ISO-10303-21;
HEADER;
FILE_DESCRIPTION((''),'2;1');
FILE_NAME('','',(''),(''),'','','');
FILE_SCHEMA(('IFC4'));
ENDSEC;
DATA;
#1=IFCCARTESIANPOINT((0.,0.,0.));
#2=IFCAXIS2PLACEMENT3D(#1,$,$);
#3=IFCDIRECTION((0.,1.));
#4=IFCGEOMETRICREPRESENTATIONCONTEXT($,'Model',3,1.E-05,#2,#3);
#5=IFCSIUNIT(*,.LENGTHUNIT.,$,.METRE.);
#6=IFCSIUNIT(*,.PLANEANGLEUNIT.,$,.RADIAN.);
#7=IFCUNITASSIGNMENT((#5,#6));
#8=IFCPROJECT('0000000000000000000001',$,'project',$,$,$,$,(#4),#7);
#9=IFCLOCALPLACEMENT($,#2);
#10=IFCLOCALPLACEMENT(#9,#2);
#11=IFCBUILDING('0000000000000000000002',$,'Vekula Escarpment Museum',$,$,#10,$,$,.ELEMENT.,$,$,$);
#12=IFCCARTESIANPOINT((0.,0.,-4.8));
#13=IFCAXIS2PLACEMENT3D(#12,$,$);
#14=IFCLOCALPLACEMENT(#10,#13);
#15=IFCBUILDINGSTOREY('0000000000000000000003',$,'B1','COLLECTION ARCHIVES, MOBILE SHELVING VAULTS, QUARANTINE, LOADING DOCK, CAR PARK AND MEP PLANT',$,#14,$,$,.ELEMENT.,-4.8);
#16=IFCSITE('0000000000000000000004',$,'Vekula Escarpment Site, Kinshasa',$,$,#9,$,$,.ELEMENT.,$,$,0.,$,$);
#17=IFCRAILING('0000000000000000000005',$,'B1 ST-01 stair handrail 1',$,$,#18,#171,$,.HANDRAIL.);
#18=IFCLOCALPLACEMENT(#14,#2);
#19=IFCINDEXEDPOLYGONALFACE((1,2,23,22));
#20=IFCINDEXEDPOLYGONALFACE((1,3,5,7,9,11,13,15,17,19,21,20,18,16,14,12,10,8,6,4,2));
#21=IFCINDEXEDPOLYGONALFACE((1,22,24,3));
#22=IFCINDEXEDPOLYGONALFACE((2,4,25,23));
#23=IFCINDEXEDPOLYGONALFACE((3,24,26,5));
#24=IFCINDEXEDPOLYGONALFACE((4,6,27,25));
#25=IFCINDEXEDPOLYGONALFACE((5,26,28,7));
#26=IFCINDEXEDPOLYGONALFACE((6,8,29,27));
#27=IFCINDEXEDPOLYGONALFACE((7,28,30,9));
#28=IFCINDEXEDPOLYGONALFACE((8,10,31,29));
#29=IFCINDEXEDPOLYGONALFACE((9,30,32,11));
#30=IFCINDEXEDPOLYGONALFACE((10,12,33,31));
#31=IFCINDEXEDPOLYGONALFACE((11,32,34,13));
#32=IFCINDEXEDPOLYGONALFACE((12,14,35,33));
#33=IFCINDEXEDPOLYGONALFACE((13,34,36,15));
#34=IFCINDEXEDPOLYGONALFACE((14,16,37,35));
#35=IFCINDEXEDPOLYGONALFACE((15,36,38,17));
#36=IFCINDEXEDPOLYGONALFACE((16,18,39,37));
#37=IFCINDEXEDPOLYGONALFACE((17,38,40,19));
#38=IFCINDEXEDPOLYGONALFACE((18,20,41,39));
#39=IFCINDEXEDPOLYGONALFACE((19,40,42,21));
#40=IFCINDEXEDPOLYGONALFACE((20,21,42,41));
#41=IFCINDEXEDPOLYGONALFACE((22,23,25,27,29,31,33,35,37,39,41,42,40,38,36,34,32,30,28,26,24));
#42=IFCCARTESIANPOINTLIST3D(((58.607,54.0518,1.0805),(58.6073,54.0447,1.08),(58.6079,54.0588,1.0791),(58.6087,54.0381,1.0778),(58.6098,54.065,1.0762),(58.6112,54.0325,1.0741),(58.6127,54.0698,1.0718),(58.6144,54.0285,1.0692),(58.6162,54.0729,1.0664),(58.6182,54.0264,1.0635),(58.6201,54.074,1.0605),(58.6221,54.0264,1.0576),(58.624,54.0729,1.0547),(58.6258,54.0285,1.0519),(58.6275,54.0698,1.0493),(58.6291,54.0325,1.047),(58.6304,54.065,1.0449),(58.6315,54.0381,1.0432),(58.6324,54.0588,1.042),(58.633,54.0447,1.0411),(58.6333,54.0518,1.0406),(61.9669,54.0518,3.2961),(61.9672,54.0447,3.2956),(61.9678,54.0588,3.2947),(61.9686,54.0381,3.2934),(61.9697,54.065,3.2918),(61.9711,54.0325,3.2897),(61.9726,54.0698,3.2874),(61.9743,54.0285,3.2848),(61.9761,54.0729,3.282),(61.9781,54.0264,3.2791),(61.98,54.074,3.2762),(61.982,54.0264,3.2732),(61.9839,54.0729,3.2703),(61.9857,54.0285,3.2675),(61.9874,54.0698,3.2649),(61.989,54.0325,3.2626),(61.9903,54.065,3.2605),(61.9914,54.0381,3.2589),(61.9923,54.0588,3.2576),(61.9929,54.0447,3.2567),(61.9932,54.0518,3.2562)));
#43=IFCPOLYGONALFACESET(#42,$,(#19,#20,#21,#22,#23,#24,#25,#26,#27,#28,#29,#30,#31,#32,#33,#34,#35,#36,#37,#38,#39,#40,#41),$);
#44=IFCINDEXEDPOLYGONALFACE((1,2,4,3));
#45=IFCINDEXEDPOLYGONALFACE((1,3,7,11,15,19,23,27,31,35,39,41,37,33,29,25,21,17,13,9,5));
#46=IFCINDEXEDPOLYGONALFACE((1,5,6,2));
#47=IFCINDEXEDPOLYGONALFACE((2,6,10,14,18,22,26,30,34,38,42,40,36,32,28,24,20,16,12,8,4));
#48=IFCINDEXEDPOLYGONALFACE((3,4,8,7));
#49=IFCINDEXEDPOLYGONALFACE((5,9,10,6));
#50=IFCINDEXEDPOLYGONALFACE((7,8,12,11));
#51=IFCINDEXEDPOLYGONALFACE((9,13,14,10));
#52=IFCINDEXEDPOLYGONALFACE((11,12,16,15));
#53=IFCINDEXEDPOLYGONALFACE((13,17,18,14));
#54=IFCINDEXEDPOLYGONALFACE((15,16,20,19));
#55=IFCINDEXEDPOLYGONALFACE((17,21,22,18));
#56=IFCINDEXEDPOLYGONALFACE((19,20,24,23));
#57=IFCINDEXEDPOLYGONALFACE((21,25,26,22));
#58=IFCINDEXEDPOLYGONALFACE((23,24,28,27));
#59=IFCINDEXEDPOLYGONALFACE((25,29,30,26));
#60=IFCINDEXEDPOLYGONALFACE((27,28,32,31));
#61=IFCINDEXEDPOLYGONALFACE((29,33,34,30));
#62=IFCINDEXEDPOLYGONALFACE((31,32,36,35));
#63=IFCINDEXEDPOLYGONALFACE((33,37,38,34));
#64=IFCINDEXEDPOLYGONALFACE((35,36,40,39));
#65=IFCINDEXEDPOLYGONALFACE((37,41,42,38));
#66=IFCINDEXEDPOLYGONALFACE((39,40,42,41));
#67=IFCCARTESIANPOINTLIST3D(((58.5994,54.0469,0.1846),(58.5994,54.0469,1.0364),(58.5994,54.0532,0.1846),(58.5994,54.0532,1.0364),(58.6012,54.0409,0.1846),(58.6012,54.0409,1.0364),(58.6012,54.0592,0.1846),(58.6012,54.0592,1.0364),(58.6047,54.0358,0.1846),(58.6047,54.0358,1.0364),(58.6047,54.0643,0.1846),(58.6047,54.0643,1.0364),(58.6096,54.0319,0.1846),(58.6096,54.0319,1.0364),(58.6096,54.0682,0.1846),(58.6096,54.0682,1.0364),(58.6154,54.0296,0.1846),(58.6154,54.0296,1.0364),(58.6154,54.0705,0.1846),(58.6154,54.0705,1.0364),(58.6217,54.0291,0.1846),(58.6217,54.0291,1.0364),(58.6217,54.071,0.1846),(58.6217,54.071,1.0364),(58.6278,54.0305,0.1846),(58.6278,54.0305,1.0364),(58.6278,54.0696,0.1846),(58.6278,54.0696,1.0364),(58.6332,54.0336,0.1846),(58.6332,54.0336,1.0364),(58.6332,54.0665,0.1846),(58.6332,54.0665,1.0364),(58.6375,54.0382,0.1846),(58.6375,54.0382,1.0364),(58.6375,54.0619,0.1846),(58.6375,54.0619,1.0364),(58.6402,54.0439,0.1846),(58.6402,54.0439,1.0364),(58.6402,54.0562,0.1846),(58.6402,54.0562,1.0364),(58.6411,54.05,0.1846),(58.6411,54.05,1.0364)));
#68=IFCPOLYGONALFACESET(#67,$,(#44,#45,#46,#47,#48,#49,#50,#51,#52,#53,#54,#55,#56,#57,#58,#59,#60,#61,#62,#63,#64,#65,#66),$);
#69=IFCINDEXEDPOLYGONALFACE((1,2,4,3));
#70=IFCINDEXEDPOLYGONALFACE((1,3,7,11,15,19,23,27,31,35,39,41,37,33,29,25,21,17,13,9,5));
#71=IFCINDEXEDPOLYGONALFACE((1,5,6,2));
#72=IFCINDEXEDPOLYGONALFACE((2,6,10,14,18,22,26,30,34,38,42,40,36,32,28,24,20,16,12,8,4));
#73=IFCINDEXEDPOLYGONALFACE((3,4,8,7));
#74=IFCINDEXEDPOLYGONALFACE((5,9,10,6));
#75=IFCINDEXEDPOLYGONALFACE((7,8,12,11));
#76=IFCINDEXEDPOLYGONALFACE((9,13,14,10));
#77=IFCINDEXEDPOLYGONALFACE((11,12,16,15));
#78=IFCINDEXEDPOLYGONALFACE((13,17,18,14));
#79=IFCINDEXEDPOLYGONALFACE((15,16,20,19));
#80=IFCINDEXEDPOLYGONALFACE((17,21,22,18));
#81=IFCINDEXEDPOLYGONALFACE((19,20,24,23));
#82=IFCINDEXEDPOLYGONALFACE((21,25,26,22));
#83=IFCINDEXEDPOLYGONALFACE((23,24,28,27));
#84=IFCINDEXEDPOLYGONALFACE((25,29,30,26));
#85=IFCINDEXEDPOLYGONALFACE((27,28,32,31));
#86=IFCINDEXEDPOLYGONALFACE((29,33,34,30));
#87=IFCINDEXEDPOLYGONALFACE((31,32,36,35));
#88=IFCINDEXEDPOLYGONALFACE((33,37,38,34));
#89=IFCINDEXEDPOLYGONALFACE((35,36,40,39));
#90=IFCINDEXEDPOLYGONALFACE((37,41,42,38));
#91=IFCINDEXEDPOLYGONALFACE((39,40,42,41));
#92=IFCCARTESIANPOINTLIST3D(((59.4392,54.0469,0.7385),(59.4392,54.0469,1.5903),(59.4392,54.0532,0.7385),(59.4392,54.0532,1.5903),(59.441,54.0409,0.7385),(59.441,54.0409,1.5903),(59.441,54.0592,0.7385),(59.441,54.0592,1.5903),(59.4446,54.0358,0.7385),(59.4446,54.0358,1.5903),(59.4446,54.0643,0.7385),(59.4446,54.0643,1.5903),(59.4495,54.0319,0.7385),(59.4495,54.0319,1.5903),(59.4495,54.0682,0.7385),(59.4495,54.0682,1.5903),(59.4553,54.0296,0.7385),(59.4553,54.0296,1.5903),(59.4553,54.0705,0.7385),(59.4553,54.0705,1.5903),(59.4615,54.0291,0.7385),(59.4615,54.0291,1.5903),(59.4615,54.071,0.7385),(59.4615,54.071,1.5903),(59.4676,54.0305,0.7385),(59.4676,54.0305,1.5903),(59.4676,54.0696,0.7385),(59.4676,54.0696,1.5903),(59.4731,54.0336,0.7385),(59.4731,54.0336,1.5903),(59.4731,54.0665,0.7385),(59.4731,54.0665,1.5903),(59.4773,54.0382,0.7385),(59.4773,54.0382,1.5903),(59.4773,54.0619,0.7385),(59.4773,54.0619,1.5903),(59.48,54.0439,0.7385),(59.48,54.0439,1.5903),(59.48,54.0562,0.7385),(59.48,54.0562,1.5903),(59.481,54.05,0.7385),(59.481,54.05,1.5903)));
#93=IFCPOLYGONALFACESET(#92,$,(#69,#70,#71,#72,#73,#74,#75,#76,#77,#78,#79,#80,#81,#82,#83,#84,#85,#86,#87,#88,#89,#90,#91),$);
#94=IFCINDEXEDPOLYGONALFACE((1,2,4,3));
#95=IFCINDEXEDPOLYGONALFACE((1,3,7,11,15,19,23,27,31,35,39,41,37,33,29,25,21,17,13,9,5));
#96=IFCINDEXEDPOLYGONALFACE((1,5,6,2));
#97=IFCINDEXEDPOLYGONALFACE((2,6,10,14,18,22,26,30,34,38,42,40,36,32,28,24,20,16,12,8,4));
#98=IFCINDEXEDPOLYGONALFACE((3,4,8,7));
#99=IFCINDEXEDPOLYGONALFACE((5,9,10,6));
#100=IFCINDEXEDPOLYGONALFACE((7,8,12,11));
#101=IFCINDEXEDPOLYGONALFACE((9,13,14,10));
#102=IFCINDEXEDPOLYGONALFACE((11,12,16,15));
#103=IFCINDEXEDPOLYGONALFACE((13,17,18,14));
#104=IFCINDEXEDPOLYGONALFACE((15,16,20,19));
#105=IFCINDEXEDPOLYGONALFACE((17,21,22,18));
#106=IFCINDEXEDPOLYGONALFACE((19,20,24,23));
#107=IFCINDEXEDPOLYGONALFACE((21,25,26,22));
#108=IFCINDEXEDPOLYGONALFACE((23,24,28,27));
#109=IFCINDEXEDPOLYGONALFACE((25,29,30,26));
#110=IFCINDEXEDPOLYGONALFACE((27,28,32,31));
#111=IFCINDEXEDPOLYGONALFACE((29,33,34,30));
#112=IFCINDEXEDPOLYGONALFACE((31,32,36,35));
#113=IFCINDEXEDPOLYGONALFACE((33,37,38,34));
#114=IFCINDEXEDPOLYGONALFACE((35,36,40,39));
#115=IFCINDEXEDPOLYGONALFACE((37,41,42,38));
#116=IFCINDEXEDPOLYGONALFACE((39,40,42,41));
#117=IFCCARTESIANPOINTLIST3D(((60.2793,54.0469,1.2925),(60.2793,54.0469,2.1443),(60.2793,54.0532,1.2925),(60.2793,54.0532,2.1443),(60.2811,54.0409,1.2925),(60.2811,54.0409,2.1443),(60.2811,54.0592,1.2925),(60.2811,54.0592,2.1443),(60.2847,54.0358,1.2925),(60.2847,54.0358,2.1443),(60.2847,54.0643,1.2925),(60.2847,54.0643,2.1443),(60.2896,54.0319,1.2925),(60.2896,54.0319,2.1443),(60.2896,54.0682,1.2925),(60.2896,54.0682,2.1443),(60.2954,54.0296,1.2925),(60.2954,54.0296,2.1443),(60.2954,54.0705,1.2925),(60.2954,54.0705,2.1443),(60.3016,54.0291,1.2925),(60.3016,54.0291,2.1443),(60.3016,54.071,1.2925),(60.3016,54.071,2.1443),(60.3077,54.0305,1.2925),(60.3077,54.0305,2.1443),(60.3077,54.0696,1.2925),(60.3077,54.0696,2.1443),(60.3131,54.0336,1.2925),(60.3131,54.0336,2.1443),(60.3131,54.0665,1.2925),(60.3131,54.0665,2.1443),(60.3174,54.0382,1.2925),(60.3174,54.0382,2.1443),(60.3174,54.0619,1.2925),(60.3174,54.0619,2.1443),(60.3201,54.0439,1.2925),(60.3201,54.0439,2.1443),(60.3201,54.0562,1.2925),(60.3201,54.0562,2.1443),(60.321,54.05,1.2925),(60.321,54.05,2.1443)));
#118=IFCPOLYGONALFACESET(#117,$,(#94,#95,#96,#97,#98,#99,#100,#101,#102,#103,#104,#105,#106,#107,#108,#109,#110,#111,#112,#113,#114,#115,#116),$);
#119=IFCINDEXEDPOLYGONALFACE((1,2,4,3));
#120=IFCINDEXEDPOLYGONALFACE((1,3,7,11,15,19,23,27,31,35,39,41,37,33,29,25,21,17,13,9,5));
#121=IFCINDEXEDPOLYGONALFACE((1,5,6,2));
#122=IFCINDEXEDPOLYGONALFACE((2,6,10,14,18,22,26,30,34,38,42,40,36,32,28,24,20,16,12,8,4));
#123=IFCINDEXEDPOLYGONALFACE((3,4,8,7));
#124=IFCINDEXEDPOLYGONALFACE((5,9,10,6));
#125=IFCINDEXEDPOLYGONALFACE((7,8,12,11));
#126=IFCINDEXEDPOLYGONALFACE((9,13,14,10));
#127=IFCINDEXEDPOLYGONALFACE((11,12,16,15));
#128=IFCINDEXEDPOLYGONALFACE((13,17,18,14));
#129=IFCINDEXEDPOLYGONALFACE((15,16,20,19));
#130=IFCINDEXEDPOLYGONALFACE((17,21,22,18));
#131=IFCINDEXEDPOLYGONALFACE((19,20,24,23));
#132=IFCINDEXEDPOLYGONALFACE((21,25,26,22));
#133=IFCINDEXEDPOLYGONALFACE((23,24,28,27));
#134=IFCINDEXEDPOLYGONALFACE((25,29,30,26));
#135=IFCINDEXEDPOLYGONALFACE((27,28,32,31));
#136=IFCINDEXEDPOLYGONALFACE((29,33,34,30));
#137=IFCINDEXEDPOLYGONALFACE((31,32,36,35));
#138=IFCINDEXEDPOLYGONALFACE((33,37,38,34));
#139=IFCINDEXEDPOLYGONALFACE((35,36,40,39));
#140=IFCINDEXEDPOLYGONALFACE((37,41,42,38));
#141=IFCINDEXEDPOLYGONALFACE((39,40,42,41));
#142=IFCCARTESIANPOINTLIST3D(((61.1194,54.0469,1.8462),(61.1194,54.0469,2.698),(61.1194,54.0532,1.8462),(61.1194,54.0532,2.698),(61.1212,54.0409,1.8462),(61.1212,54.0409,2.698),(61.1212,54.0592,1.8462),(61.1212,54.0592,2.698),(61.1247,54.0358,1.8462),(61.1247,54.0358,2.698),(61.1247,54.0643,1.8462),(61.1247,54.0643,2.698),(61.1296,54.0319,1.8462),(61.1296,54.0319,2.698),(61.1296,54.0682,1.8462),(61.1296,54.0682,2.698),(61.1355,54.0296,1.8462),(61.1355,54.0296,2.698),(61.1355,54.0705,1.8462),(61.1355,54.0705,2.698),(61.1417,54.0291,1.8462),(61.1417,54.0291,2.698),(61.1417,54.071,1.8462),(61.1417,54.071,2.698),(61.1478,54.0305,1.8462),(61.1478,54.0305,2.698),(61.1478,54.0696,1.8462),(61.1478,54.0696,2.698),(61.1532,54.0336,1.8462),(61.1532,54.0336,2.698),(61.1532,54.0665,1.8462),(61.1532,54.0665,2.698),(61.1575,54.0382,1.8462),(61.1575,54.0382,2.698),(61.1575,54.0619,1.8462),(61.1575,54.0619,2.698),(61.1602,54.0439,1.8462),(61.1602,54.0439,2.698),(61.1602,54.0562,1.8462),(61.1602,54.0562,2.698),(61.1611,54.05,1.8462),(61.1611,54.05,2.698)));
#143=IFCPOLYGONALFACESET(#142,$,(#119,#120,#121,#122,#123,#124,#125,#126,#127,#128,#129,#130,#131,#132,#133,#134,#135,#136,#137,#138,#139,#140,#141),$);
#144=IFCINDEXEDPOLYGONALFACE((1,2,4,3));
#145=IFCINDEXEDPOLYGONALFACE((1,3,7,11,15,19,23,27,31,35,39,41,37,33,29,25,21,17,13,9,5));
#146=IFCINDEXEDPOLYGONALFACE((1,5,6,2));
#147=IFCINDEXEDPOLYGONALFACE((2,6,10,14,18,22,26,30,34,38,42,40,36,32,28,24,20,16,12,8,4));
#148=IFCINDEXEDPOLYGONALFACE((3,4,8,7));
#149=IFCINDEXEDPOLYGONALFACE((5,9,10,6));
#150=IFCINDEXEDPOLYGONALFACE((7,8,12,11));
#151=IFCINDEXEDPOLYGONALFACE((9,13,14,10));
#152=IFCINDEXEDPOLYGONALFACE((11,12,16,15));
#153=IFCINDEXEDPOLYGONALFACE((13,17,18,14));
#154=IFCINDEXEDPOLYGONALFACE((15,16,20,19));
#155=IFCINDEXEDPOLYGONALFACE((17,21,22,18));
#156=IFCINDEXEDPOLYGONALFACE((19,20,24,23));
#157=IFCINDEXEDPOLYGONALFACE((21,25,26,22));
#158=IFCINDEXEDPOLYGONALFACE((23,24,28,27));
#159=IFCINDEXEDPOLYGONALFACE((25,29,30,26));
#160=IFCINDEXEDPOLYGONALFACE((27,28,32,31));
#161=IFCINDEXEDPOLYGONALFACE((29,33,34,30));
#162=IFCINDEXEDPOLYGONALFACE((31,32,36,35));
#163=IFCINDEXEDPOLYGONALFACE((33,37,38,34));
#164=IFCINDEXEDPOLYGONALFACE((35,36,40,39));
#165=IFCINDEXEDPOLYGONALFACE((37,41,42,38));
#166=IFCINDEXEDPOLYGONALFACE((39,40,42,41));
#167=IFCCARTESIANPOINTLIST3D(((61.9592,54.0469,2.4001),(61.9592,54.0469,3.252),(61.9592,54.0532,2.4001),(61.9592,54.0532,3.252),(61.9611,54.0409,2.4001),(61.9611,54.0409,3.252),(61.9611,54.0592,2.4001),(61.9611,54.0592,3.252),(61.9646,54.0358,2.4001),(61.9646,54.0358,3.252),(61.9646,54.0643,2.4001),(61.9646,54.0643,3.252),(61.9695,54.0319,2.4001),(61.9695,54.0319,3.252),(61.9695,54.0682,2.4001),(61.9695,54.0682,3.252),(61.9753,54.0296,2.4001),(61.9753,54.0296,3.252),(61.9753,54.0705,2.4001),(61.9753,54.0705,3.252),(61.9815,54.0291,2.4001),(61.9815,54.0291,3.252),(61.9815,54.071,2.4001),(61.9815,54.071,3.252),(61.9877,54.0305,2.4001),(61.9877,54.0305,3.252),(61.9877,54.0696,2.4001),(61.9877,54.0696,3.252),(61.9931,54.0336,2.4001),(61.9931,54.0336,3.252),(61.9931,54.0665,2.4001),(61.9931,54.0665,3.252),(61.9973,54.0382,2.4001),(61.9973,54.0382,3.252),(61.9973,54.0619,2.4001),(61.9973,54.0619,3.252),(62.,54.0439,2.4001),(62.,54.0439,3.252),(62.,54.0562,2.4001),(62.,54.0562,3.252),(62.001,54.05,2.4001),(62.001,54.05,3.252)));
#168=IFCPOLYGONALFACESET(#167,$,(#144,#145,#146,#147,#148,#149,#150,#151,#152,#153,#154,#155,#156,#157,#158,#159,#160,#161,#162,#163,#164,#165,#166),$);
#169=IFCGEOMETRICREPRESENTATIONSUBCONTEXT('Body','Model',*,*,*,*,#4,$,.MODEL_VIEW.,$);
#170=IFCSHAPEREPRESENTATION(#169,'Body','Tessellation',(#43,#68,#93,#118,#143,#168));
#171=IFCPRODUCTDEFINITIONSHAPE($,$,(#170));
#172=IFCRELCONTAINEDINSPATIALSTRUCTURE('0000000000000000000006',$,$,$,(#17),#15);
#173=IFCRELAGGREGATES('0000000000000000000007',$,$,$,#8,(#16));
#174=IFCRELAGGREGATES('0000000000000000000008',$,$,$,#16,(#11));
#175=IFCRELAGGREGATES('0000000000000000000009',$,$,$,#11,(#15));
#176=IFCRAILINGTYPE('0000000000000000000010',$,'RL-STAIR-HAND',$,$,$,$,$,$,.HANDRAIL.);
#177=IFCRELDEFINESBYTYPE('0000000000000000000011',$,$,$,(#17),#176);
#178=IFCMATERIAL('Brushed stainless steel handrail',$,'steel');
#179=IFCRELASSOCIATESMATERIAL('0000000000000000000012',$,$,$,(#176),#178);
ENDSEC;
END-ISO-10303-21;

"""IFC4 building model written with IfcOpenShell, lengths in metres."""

from ifc_helpers import new_model, si_unit, direction, frame, origin, origin_2d, place, context, subcontext, project, spatial, circle, extrude, material, type_object, element, save


model = new_model("IFC4")

# Units and contexts
model_context = context("Model", 3, precision=1e-05, world=origin(), true_north=direction((0.0, 1.0)))
body_context = subcontext(model_context, "Body", "Model", "MODEL_VIEW")
ifc_project = project(units=[si_unit("LENGTHUNIT", "METRE"), si_unit("PLANEANGLEUNIT", "RADIAN")], contexts=[model_context])

# Site, building, storey
site_placement = place(None, origin())
site = spatial("IfcSite", under=ifc_project, at=site_placement, Name="Vekula Escarpment Site, Kinshasa", CompositionType="ELEMENT", RefElevation=0.0)
building_placement = place(site_placement, origin())
building = spatial("IfcBuilding", under=site, at=building_placement, Name="Vekula Escarpment Museum", CompositionType="ELEMENT")
storey_placement = place(building_placement, frame((0.0, 0.0, -4.8)))
storey = spatial("IfcBuildingStorey", under=building, at=storey_placement, Name="B1", Description="COLLECTION ARCHIVES, MOBILE SHELVING VAULTS, QUARANTINE, LOADING DOCK, CAR PARK AND MEP PLANT", CompositionType="ELEMENT", Elevation=-4.8)

# Railing
ifc_material_1 = material(Name="Brushed stainless steel handrail", Category="steel")
railing_type_1 = type_object("IfcRailingType", Name="RL-STAIR-HAND", PredefinedType="HANDRAIL", material=ifc_material_1)
railing_1_placement = place(storey_placement, frame((58.6201, 54.05, 0.1846)))
element("IfcRailing", 1, at=railing_1_placement, inside=storey, type_object=railing_type_1, Name="B1 ST-01 stair handrail 1", PredefinedType="HANDRAIL", context=body_context, shape_type="SweptSolid", body=[
    extrude(circle(Radius=0.0239, at=origin_2d()), frame((0.0, 0.0, 0.876), z_axis=(0.83483, 0.0, 0.550508), x_axis=(0.0, 1.0, 0.0)), (0.0, 0.0, 1.0), 4.0247),
    extrude(circle(Radius=0.021, at=origin_2d()), origin(), (0.0, 0.0, 1.0), 0.8518),
    extrude(circle(Radius=0.021, at=origin_2d()), frame((0.8398, 0.0, 0.554)), (0.0, 0.0, 1.0), 0.8518),
    extrude(circle(Radius=0.021, at=origin_2d()), frame((1.6799, 0.0, 1.1079)), (0.0, 0.0, 1.0), 0.8518),
    extrude(circle(Radius=0.021, at=origin_2d()), frame((2.52, 0.0, 1.6616)), (0.0, 0.0, 1.0), 0.8518),
    extrude(circle(Radius=0.021, at=origin_2d()), frame((3.3599, 0.0, 2.2156)), (0.0, 0.0, 1.0), 0.8518),
])

save(model, "model.ifc")
